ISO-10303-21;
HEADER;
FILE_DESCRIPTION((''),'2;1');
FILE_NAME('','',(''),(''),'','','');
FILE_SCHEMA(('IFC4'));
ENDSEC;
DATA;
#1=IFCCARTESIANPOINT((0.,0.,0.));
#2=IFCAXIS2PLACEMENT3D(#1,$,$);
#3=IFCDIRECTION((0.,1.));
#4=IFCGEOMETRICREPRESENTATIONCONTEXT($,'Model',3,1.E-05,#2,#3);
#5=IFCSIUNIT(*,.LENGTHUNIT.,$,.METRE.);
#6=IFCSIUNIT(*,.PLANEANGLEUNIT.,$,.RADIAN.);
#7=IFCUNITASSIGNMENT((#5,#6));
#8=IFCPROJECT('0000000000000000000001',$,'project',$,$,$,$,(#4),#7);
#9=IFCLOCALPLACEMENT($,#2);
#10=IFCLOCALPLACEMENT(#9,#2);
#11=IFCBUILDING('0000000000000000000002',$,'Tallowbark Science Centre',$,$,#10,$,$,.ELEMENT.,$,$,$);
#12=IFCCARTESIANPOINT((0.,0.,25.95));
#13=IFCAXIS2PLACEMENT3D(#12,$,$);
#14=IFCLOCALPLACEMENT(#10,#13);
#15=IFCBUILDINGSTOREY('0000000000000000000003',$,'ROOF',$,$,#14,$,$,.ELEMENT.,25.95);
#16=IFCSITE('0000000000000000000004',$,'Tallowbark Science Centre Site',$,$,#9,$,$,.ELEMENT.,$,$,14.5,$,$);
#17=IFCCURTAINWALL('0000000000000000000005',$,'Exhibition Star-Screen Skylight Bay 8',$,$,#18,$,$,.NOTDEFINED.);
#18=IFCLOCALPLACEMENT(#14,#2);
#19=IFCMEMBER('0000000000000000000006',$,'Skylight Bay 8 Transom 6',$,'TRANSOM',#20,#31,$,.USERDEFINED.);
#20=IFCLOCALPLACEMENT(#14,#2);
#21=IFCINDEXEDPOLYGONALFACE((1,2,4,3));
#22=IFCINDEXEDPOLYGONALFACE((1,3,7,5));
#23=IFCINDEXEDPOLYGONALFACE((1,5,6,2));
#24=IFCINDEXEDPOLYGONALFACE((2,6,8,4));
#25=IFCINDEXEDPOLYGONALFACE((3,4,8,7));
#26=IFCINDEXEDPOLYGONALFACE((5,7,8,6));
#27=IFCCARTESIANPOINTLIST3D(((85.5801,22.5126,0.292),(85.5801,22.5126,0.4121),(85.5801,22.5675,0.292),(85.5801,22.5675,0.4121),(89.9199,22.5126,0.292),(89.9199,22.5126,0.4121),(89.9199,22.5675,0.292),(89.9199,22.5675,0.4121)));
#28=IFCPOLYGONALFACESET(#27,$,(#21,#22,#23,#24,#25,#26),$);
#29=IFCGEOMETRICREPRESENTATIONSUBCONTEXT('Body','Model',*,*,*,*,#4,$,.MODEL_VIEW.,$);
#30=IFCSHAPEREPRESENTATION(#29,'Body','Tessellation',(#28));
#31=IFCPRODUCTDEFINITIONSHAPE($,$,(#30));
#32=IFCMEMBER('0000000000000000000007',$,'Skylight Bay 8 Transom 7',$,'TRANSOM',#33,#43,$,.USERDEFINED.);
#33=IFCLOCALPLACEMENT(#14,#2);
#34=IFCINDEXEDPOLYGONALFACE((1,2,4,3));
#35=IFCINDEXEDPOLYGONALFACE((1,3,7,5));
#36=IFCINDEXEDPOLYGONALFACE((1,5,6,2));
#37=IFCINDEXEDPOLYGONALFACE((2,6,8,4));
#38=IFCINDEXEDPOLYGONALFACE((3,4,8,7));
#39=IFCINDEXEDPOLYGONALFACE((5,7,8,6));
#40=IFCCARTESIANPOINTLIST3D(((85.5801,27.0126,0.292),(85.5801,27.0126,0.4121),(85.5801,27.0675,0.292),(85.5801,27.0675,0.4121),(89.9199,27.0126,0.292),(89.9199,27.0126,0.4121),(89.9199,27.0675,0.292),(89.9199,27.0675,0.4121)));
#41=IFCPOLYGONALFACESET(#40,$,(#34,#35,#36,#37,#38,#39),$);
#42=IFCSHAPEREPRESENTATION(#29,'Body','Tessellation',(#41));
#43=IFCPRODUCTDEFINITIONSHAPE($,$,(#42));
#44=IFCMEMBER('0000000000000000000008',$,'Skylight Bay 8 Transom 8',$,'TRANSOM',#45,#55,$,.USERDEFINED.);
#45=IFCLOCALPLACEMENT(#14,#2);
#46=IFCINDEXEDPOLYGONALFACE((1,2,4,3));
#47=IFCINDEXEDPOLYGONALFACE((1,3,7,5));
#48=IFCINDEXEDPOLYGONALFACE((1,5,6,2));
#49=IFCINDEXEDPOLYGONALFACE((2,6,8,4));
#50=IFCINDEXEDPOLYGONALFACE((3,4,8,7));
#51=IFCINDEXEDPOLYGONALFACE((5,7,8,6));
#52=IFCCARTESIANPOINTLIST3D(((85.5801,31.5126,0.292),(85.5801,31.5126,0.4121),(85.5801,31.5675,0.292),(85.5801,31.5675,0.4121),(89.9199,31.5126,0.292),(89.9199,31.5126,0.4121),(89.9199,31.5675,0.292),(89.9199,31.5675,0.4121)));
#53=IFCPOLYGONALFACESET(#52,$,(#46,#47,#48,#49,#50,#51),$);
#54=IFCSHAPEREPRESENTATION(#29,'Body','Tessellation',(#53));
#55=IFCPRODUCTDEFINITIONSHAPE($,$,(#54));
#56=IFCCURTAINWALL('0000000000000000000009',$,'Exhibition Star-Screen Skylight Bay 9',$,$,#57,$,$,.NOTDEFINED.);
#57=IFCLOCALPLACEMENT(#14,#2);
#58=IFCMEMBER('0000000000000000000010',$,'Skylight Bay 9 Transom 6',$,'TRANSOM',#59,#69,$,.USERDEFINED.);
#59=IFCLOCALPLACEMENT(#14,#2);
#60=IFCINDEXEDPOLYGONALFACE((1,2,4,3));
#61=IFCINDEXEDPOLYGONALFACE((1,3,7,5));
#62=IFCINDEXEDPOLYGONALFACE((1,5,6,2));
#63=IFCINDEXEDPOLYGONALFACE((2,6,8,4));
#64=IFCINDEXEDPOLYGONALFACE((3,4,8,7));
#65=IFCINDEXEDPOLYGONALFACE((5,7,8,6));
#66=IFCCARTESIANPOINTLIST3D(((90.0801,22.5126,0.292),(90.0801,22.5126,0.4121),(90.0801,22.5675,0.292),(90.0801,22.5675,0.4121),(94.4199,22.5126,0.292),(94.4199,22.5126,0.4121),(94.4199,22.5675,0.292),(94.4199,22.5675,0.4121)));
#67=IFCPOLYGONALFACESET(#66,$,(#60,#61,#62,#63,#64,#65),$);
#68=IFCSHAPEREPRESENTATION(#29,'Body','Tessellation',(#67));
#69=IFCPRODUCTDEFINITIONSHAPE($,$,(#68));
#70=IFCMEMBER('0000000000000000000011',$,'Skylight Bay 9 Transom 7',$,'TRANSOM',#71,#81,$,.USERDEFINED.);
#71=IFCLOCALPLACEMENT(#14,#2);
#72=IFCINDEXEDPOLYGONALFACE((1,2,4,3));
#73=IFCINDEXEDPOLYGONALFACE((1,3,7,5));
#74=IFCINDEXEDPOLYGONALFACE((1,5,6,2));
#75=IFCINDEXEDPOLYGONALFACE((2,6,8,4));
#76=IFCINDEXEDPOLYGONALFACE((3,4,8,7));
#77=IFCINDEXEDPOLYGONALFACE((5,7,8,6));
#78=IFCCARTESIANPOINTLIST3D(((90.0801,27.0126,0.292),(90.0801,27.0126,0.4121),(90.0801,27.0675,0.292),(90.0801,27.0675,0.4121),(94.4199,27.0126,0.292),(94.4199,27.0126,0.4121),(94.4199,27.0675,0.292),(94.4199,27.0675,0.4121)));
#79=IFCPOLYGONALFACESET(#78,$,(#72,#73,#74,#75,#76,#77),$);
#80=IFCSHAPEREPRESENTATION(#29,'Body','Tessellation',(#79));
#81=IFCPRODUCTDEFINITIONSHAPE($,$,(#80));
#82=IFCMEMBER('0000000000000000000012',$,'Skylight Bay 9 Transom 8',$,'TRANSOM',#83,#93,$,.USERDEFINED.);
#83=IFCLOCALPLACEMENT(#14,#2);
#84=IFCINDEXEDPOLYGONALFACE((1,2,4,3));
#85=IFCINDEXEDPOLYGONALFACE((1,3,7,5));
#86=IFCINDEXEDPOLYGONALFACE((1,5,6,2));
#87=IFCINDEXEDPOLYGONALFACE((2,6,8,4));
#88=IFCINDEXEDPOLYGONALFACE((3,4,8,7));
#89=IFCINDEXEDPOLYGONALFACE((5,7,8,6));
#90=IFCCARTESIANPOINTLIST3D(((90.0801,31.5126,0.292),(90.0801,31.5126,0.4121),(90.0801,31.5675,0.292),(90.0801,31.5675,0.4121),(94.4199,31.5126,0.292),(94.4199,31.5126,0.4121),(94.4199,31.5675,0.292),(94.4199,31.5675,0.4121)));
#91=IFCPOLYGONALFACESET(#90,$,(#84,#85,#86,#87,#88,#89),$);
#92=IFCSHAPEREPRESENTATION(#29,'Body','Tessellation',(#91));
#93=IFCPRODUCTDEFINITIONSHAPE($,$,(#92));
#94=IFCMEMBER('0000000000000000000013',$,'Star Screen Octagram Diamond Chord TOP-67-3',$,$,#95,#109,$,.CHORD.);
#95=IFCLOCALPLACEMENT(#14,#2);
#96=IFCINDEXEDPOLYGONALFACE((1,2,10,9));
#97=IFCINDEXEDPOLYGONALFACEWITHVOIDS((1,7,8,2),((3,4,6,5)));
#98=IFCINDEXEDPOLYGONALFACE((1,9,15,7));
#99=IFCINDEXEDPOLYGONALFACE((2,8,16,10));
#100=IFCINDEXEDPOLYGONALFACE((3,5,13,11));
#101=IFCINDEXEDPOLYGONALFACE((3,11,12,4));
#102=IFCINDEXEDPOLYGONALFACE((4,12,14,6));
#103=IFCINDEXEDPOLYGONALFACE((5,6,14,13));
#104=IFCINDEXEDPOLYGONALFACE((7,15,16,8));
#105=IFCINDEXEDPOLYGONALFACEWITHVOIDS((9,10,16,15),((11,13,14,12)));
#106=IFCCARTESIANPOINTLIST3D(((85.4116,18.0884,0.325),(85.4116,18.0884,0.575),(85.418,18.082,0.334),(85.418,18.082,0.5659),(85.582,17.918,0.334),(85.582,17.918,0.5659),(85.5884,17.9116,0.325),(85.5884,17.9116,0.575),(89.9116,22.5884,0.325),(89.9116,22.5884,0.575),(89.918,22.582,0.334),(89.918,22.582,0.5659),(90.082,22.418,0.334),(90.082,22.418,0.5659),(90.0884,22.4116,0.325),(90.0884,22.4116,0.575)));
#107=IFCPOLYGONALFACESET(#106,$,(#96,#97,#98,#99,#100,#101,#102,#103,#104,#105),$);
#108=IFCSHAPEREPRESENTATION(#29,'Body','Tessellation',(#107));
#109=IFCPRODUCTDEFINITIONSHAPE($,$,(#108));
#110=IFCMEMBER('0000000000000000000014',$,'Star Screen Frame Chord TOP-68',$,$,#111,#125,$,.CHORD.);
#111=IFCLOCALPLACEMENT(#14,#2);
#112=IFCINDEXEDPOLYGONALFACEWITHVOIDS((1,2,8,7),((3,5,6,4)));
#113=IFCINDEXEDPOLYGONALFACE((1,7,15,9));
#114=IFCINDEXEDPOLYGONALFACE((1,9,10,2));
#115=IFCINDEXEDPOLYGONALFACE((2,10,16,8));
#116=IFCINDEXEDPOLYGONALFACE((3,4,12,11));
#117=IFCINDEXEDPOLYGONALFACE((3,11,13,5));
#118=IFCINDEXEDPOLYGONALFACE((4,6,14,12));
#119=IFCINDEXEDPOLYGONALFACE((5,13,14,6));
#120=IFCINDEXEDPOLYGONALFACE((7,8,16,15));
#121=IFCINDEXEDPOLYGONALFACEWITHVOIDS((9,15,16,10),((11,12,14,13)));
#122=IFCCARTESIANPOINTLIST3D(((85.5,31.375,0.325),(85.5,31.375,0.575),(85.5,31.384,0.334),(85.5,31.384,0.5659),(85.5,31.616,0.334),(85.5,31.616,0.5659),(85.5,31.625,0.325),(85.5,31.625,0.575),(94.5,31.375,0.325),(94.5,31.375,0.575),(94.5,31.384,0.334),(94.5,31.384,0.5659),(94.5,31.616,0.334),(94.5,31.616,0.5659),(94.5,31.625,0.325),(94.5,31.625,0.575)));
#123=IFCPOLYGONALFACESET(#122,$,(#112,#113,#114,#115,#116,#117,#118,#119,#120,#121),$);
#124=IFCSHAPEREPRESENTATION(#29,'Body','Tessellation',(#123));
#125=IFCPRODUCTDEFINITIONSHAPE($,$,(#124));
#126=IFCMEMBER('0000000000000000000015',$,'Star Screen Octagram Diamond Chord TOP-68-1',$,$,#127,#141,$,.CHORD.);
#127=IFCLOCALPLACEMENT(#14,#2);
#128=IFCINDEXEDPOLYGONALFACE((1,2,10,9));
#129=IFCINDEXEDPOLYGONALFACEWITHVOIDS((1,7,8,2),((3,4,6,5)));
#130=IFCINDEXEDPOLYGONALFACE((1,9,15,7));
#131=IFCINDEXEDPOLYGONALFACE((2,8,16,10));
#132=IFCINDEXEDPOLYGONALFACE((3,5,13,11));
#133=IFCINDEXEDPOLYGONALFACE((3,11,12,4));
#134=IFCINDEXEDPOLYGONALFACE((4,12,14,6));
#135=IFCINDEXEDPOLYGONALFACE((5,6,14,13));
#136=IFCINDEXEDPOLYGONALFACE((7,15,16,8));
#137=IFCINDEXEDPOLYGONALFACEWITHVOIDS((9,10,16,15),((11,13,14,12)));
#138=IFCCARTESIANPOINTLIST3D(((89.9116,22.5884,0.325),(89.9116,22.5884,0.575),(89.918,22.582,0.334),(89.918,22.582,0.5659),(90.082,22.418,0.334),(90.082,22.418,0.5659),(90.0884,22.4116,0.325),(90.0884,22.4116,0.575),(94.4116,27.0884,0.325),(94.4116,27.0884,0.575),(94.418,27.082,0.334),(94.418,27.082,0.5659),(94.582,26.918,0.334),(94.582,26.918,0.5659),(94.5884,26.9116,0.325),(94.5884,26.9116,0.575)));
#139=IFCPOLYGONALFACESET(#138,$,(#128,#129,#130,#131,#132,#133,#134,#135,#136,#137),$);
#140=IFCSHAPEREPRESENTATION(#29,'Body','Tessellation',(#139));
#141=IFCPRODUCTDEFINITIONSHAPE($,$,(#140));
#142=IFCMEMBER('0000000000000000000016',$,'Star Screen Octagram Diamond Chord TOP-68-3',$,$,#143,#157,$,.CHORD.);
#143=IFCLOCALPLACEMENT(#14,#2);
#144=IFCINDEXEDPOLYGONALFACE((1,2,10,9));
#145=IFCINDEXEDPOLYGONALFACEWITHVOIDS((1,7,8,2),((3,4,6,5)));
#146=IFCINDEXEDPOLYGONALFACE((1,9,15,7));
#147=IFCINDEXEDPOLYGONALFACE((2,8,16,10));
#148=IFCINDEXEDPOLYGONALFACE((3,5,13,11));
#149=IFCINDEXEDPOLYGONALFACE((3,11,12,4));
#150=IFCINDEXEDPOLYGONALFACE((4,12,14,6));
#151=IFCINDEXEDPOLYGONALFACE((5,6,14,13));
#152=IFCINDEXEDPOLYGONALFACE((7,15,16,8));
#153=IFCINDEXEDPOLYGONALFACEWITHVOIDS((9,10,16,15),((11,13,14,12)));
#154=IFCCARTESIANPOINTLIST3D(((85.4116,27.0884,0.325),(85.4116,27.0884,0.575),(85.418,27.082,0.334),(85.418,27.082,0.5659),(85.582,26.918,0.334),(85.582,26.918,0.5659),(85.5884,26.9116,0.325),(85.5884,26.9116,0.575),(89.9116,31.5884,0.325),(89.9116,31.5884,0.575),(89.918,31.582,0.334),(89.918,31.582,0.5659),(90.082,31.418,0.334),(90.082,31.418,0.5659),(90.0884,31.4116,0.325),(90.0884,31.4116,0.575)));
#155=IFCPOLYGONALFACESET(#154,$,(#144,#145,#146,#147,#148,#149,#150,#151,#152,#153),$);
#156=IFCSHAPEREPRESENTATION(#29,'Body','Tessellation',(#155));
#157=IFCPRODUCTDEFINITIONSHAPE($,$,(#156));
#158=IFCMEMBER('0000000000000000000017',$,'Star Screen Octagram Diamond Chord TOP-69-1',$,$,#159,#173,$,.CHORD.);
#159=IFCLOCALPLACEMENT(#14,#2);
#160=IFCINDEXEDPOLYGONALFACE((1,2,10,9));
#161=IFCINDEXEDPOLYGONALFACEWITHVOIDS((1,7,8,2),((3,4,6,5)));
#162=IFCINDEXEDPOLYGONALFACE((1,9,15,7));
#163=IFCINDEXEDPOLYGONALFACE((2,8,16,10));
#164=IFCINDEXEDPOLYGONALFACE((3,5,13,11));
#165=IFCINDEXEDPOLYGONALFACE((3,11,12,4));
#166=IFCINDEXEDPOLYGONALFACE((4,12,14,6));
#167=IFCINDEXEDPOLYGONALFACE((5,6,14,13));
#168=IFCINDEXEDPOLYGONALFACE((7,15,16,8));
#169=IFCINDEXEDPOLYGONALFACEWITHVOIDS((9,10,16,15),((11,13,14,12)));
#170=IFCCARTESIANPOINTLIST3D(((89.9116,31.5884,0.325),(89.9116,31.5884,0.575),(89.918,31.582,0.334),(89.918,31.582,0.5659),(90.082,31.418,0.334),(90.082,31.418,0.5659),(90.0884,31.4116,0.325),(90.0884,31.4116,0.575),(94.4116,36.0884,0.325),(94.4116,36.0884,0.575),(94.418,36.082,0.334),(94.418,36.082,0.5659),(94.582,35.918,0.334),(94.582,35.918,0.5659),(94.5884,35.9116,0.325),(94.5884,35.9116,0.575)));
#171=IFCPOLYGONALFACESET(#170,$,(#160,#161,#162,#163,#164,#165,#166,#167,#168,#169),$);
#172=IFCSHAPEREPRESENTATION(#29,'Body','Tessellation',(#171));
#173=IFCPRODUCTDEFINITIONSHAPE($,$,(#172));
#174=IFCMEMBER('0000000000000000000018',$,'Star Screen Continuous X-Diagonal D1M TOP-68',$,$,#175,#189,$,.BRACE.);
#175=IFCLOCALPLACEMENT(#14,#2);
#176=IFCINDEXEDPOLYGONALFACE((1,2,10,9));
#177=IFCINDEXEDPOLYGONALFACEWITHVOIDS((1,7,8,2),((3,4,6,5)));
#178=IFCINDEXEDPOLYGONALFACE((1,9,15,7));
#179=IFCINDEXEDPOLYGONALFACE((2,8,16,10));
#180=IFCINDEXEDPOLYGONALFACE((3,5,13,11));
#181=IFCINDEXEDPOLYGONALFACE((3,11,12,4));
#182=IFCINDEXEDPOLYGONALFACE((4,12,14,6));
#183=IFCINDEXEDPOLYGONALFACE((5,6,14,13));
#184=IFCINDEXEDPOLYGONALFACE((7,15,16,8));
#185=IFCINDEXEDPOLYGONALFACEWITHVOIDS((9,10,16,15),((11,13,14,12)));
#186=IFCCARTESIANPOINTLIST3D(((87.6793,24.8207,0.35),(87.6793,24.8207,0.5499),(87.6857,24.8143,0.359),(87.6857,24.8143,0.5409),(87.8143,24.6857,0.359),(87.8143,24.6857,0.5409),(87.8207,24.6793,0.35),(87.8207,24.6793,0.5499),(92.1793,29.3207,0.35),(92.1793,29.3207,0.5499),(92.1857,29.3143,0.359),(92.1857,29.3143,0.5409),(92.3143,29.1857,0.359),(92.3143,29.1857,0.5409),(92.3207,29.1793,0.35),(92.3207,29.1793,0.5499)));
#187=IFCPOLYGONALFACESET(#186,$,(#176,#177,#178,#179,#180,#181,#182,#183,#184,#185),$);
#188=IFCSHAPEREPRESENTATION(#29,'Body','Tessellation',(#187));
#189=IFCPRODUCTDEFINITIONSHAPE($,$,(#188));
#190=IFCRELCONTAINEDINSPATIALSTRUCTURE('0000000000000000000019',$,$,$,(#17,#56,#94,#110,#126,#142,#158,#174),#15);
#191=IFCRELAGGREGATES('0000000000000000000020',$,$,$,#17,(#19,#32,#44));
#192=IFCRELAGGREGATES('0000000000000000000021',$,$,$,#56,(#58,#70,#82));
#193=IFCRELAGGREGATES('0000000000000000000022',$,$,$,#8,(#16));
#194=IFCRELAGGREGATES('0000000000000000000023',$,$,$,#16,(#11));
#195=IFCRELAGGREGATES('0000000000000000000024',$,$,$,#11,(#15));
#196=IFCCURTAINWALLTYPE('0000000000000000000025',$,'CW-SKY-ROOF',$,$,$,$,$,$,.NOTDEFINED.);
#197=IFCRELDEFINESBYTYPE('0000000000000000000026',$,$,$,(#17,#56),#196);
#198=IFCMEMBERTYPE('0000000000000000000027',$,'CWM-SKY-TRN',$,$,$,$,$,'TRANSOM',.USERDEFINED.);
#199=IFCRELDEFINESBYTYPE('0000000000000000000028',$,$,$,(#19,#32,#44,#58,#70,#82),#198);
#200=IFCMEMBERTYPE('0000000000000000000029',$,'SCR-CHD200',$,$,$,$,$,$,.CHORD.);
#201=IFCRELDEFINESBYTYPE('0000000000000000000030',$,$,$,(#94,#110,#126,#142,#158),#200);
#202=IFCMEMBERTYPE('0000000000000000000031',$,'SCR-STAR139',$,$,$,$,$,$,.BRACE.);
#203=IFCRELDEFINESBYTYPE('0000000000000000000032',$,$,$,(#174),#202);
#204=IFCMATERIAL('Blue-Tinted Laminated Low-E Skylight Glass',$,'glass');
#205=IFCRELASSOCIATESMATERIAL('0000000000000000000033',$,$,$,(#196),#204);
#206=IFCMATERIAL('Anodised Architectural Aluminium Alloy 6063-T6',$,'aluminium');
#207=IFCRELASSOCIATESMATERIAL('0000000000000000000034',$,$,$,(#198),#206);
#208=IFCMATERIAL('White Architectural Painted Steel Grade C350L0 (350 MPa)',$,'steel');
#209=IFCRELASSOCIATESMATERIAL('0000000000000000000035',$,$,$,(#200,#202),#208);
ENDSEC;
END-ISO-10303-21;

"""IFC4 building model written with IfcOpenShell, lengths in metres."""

from ifc_helpers import new_model, si_unit, direction, frame, origin, origin_2d, place, context, subcontext, project, spatial, rectangle, hollow_rectangle, extrude, material, material_profile, profile_set, type_object, element, aggregate, save


model = new_model("IFC4")

# Units and contexts
model_context = context("Model", 3, precision=1e-05, world=origin(), true_north=direction((0.0, 1.0)))
body_context = subcontext(model_context, "Body", "Model", "MODEL_VIEW")
ifc_project = project(units=[si_unit("LENGTHUNIT", "METRE"), si_unit("PLANEANGLEUNIT", "RADIAN")], contexts=[model_context])

# Site, building, storey
site_placement = place(None, origin())
site = spatial("IfcSite", under=ifc_project, at=site_placement, Name="Tallowbark Science Centre Site", CompositionType="ELEMENT", RefElevation=14.5)
building_placement = place(site_placement, origin())
building = spatial("IfcBuilding", under=site, at=building_placement, Name="Tallowbark Science Centre", CompositionType="ELEMENT")
storey_placement = place(building_placement, frame((0.0, 0.0, 25.95)))
storey = spatial("IfcBuildingStorey", under=building, at=storey_placement, Name="ROOF", CompositionType="ELEMENT", Elevation=25.95)

# Curtain walls, members
ifc_material_1 = material(Name="Blue-Tinted Laminated Low-E Skylight Glass", Category="glass")
curtain_wall_type = type_object("IfcCurtainWallType", Name="CW-SKY-ROOF", PredefinedType="NOTDEFINED", material=ifc_material_1)
curtain_wall_1_placement = place(storey_placement, origin())
curtain_wall_1 = element("IfcCurtainWall", 1, at=curtain_wall_1_placement, inside=storey, type_object=curtain_wall_type, Name="Exhibition Star-Screen Skylight Bay 8", PredefinedType="NOTDEFINED")
ifc_material_2 = material(Name="Anodised Architectural Aluminium Alloy 6063-T6", Category="aluminium")
ifc_material_profile_1 = material_profile(ifc_material_2, rectangle(XDim=0.0549, YDim=0.1201, at=origin_2d()), Name="ALU55x120")
ifc_profile_set_1 = profile_set([ifc_material_profile_1], Name="Anodised Architectural Aluminium Alloy 6063-T6")
member_type_1 = type_object("IfcMemberType", Name="CWM-SKY-TRN", ElementType="TRANSOM", PredefinedType="USERDEFINED", material=ifc_profile_set_1)
member_1_placement = place(storey_placement, frame((85.5801, 22.54, 0.3521), z_axis=(1.0, 0.0, 0.0), x_axis=(0.0, 1.0, 0.0)))
member_1 = element("IfcMember", 2, at=member_1_placement, type_object=member_type_1, Name="Skylight Bay 8 Transom 6", ObjectType="TRANSOM", PredefinedType="USERDEFINED", context=body_context, shape_type="SweptSolid", body=[
    extrude(rectangle(XDim=0.0549, YDim=0.1201, at=origin_2d()), origin(), (0.0, 0.0, 1.0), 4.3398),
])
member_2_placement = place(storey_placement, frame((85.5801, 27.04, 0.3521), z_axis=(1.0, 0.0, 0.0), x_axis=(0.0, 1.0, 0.0)))
member_2 = element("IfcMember", 3, at=member_2_placement, type_object=member_type_1, Name="Skylight Bay 8 Transom 7", ObjectType="TRANSOM", PredefinedType="USERDEFINED", context=body_context, shape_type="SweptSolid", body=[
    extrude(rectangle(XDim=0.0549, YDim=0.1201, at=origin_2d()), origin(), (0.0, 0.0, 1.0), 4.3398),
])
member_3_placement = place(storey_placement, frame((85.5801, 31.54, 0.3521), z_axis=(1.0, 0.0, 0.0), x_axis=(0.0, 1.0, 0.0)))
member_3 = element("IfcMember", 4, at=member_3_placement, type_object=member_type_1, Name="Skylight Bay 8 Transom 8", ObjectType="TRANSOM", PredefinedType="USERDEFINED", context=body_context, shape_type="SweptSolid", body=[
    extrude(rectangle(XDim=0.0549, YDim=0.1201, at=origin_2d()), origin(), (0.0, 0.0, 1.0), 4.3398),
])
curtain_wall_2_placement = place(storey_placement, origin())
curtain_wall_2 = element("IfcCurtainWall", 5, at=curtain_wall_2_placement, inside=storey, type_object=curtain_wall_type, Name="Exhibition Star-Screen Skylight Bay 9", PredefinedType="NOTDEFINED")
member_4_placement = place(storey_placement, frame((90.0801, 22.54, 0.3521), z_axis=(1.0, 0.0, 0.0), x_axis=(0.0, 1.0, 0.0)))
member_4 = element("IfcMember", 6, at=member_4_placement, type_object=member_type_1, Name="Skylight Bay 9 Transom 6", ObjectType="TRANSOM", PredefinedType="USERDEFINED", context=body_context, shape_type="SweptSolid", body=[
    extrude(rectangle(XDim=0.0549, YDim=0.1201, at=origin_2d()), origin(), (0.0, 0.0, 1.0), 4.3398),
])
member_5_placement = place(storey_placement, frame((90.0801, 27.04, 0.3521), z_axis=(1.0, 0.0, 0.0), x_axis=(0.0, 1.0, 0.0)))
member_5 = element("IfcMember", 7, at=member_5_placement, type_object=member_type_1, Name="Skylight Bay 9 Transom 7", ObjectType="TRANSOM", PredefinedType="USERDEFINED", context=body_context, shape_type="SweptSolid", body=[
    extrude(rectangle(XDim=0.0549, YDim=0.1201, at=origin_2d()), origin(), (0.0, 0.0, 1.0), 4.3398),
])
member_6_placement = place(storey_placement, frame((90.0801, 31.54, 0.3521), z_axis=(1.0, 0.0, 0.0), x_axis=(0.0, 1.0, 0.0)))
member_6 = element("IfcMember", 8, at=member_6_placement, type_object=member_type_1, Name="Skylight Bay 9 Transom 8", ObjectType="TRANSOM", PredefinedType="USERDEFINED", context=body_context, shape_type="SweptSolid", body=[
    extrude(rectangle(XDim=0.0549, YDim=0.1201, at=origin_2d()), origin(), (0.0, 0.0, 1.0), 4.3398),
])

# Members
ifc_material_3 = material(Name="White Architectural Painted Steel Grade C350L0 (350 MPa)", Category="steel")
ifc_material_profile_2 = material_profile(ifc_material_3, hollow_rectangle(XDim=0.25, YDim=0.25, WallThickness=0.009, at=origin_2d()), Name="250x250x9.0SHS")
ifc_profile_set_2 = profile_set([ifc_material_profile_2], Name="White Architectural Painted Steel Grade C350L0 (350 MPa)")
member_type_2 = type_object("IfcMemberType", Name="SCR-CHD200", PredefinedType="CHORD", material=ifc_profile_set_2)
member_7_placement = place(storey_placement, frame((90.0, 22.5, 0.45), z_axis=(-0.707107, -0.707107, 0.0), x_axis=(0.707107, -0.707107, 0.0)))
element("IfcMember", 9, at=member_7_placement, inside=storey, type_object=member_type_2, Name="Star Screen Octagram Diamond Chord TOP-67-3", PredefinedType="CHORD", context=body_context, shape_type="SweptSolid", body=[
    extrude(hollow_rectangle(XDim=0.25, YDim=0.25, WallThickness=0.009, at=origin_2d()), origin(), (0.0, 0.0, 1.0), 6.364),
])
member_8_placement = place(storey_placement, frame((85.5, 31.5, 0.45), z_axis=(1.0, 0.0, 0.0), x_axis=(0.0, 1.0, 0.0)))
element("IfcMember", 10, at=member_8_placement, inside=storey, type_object=member_type_2, Name="Star Screen Frame Chord TOP-68", PredefinedType="CHORD", context=body_context, shape_type="SweptSolid", body=[
    extrude(hollow_rectangle(XDim=0.25, YDim=0.25, WallThickness=0.009, at=origin_2d()), origin(), (0.0, 0.0, 1.0), 9.0),
])
for number, where, z_axis, x_axis, name in (
    (11, (90.0, 22.5, 0.45), (0.707107, 0.707107, 0.0), (-0.707107, 0.707107, 0.0), "Star Screen Octagram Diamond Chord TOP-68-1"),
    (12, (90.0, 31.5, 0.45), (-0.707107, -0.707107, 0.0), (0.707107, -0.707107, 0.0), "Star Screen Octagram Diamond Chord TOP-68-3"),
    (13, (90.0, 31.5, 0.45), (0.707107, 0.707107, 0.0), (-0.707107, 0.707107, 0.0), "Star Screen Octagram Diamond Chord TOP-69-1"),
):
    element("IfcMember", number, at=place(storey_placement, frame(where, z_axis=z_axis, x_axis=x_axis)), inside=storey, type_object=member_type_2, Name=name, PredefinedType="CHORD", context=body_context, shape_type="SweptSolid", body=[
        extrude(hollow_rectangle(XDim=0.25, YDim=0.25, WallThickness=0.009, at=origin_2d()), origin(), (0.0, 0.0, 1.0), 6.364),
    ])
ifc_material_profile_3 = material_profile(ifc_material_3, hollow_rectangle(XDim=0.2, YDim=0.2, WallThickness=0.009, at=origin_2d()), Name="200x200x9.0SHS")
ifc_profile_set_3 = profile_set([ifc_material_profile_3], Name="White Architectural Painted Steel Grade C350L0 (350 MPa)")
member_type_3 = type_object("IfcMemberType", Name="SCR-STAR139", PredefinedType="BRACE", material=ifc_profile_set_3)
member_9_placement = place(storey_placement, frame((87.75, 24.75, 0.45), z_axis=(0.707107, 0.707107, 0.0), x_axis=(-0.707107, 0.707107, 0.0)))
element("IfcMember", 14, at=member_9_placement, inside=storey, type_object=member_type_3, Name="Star Screen Continuous X-Diagonal D1M TOP-68", PredefinedType="BRACE", context=body_context, shape_type="SweptSolid", body=[
    extrude(hollow_rectangle(XDim=0.2, YDim=0.2, WallThickness=0.009, at=origin_2d()), origin(), (0.0, 0.0, 1.0), 6.364),
])

aggregate(curtain_wall_1, [member_1, member_2, member_3])
aggregate(curtain_wall_2, [member_4, member_5, member_6])

save(model, "model.ifc")
